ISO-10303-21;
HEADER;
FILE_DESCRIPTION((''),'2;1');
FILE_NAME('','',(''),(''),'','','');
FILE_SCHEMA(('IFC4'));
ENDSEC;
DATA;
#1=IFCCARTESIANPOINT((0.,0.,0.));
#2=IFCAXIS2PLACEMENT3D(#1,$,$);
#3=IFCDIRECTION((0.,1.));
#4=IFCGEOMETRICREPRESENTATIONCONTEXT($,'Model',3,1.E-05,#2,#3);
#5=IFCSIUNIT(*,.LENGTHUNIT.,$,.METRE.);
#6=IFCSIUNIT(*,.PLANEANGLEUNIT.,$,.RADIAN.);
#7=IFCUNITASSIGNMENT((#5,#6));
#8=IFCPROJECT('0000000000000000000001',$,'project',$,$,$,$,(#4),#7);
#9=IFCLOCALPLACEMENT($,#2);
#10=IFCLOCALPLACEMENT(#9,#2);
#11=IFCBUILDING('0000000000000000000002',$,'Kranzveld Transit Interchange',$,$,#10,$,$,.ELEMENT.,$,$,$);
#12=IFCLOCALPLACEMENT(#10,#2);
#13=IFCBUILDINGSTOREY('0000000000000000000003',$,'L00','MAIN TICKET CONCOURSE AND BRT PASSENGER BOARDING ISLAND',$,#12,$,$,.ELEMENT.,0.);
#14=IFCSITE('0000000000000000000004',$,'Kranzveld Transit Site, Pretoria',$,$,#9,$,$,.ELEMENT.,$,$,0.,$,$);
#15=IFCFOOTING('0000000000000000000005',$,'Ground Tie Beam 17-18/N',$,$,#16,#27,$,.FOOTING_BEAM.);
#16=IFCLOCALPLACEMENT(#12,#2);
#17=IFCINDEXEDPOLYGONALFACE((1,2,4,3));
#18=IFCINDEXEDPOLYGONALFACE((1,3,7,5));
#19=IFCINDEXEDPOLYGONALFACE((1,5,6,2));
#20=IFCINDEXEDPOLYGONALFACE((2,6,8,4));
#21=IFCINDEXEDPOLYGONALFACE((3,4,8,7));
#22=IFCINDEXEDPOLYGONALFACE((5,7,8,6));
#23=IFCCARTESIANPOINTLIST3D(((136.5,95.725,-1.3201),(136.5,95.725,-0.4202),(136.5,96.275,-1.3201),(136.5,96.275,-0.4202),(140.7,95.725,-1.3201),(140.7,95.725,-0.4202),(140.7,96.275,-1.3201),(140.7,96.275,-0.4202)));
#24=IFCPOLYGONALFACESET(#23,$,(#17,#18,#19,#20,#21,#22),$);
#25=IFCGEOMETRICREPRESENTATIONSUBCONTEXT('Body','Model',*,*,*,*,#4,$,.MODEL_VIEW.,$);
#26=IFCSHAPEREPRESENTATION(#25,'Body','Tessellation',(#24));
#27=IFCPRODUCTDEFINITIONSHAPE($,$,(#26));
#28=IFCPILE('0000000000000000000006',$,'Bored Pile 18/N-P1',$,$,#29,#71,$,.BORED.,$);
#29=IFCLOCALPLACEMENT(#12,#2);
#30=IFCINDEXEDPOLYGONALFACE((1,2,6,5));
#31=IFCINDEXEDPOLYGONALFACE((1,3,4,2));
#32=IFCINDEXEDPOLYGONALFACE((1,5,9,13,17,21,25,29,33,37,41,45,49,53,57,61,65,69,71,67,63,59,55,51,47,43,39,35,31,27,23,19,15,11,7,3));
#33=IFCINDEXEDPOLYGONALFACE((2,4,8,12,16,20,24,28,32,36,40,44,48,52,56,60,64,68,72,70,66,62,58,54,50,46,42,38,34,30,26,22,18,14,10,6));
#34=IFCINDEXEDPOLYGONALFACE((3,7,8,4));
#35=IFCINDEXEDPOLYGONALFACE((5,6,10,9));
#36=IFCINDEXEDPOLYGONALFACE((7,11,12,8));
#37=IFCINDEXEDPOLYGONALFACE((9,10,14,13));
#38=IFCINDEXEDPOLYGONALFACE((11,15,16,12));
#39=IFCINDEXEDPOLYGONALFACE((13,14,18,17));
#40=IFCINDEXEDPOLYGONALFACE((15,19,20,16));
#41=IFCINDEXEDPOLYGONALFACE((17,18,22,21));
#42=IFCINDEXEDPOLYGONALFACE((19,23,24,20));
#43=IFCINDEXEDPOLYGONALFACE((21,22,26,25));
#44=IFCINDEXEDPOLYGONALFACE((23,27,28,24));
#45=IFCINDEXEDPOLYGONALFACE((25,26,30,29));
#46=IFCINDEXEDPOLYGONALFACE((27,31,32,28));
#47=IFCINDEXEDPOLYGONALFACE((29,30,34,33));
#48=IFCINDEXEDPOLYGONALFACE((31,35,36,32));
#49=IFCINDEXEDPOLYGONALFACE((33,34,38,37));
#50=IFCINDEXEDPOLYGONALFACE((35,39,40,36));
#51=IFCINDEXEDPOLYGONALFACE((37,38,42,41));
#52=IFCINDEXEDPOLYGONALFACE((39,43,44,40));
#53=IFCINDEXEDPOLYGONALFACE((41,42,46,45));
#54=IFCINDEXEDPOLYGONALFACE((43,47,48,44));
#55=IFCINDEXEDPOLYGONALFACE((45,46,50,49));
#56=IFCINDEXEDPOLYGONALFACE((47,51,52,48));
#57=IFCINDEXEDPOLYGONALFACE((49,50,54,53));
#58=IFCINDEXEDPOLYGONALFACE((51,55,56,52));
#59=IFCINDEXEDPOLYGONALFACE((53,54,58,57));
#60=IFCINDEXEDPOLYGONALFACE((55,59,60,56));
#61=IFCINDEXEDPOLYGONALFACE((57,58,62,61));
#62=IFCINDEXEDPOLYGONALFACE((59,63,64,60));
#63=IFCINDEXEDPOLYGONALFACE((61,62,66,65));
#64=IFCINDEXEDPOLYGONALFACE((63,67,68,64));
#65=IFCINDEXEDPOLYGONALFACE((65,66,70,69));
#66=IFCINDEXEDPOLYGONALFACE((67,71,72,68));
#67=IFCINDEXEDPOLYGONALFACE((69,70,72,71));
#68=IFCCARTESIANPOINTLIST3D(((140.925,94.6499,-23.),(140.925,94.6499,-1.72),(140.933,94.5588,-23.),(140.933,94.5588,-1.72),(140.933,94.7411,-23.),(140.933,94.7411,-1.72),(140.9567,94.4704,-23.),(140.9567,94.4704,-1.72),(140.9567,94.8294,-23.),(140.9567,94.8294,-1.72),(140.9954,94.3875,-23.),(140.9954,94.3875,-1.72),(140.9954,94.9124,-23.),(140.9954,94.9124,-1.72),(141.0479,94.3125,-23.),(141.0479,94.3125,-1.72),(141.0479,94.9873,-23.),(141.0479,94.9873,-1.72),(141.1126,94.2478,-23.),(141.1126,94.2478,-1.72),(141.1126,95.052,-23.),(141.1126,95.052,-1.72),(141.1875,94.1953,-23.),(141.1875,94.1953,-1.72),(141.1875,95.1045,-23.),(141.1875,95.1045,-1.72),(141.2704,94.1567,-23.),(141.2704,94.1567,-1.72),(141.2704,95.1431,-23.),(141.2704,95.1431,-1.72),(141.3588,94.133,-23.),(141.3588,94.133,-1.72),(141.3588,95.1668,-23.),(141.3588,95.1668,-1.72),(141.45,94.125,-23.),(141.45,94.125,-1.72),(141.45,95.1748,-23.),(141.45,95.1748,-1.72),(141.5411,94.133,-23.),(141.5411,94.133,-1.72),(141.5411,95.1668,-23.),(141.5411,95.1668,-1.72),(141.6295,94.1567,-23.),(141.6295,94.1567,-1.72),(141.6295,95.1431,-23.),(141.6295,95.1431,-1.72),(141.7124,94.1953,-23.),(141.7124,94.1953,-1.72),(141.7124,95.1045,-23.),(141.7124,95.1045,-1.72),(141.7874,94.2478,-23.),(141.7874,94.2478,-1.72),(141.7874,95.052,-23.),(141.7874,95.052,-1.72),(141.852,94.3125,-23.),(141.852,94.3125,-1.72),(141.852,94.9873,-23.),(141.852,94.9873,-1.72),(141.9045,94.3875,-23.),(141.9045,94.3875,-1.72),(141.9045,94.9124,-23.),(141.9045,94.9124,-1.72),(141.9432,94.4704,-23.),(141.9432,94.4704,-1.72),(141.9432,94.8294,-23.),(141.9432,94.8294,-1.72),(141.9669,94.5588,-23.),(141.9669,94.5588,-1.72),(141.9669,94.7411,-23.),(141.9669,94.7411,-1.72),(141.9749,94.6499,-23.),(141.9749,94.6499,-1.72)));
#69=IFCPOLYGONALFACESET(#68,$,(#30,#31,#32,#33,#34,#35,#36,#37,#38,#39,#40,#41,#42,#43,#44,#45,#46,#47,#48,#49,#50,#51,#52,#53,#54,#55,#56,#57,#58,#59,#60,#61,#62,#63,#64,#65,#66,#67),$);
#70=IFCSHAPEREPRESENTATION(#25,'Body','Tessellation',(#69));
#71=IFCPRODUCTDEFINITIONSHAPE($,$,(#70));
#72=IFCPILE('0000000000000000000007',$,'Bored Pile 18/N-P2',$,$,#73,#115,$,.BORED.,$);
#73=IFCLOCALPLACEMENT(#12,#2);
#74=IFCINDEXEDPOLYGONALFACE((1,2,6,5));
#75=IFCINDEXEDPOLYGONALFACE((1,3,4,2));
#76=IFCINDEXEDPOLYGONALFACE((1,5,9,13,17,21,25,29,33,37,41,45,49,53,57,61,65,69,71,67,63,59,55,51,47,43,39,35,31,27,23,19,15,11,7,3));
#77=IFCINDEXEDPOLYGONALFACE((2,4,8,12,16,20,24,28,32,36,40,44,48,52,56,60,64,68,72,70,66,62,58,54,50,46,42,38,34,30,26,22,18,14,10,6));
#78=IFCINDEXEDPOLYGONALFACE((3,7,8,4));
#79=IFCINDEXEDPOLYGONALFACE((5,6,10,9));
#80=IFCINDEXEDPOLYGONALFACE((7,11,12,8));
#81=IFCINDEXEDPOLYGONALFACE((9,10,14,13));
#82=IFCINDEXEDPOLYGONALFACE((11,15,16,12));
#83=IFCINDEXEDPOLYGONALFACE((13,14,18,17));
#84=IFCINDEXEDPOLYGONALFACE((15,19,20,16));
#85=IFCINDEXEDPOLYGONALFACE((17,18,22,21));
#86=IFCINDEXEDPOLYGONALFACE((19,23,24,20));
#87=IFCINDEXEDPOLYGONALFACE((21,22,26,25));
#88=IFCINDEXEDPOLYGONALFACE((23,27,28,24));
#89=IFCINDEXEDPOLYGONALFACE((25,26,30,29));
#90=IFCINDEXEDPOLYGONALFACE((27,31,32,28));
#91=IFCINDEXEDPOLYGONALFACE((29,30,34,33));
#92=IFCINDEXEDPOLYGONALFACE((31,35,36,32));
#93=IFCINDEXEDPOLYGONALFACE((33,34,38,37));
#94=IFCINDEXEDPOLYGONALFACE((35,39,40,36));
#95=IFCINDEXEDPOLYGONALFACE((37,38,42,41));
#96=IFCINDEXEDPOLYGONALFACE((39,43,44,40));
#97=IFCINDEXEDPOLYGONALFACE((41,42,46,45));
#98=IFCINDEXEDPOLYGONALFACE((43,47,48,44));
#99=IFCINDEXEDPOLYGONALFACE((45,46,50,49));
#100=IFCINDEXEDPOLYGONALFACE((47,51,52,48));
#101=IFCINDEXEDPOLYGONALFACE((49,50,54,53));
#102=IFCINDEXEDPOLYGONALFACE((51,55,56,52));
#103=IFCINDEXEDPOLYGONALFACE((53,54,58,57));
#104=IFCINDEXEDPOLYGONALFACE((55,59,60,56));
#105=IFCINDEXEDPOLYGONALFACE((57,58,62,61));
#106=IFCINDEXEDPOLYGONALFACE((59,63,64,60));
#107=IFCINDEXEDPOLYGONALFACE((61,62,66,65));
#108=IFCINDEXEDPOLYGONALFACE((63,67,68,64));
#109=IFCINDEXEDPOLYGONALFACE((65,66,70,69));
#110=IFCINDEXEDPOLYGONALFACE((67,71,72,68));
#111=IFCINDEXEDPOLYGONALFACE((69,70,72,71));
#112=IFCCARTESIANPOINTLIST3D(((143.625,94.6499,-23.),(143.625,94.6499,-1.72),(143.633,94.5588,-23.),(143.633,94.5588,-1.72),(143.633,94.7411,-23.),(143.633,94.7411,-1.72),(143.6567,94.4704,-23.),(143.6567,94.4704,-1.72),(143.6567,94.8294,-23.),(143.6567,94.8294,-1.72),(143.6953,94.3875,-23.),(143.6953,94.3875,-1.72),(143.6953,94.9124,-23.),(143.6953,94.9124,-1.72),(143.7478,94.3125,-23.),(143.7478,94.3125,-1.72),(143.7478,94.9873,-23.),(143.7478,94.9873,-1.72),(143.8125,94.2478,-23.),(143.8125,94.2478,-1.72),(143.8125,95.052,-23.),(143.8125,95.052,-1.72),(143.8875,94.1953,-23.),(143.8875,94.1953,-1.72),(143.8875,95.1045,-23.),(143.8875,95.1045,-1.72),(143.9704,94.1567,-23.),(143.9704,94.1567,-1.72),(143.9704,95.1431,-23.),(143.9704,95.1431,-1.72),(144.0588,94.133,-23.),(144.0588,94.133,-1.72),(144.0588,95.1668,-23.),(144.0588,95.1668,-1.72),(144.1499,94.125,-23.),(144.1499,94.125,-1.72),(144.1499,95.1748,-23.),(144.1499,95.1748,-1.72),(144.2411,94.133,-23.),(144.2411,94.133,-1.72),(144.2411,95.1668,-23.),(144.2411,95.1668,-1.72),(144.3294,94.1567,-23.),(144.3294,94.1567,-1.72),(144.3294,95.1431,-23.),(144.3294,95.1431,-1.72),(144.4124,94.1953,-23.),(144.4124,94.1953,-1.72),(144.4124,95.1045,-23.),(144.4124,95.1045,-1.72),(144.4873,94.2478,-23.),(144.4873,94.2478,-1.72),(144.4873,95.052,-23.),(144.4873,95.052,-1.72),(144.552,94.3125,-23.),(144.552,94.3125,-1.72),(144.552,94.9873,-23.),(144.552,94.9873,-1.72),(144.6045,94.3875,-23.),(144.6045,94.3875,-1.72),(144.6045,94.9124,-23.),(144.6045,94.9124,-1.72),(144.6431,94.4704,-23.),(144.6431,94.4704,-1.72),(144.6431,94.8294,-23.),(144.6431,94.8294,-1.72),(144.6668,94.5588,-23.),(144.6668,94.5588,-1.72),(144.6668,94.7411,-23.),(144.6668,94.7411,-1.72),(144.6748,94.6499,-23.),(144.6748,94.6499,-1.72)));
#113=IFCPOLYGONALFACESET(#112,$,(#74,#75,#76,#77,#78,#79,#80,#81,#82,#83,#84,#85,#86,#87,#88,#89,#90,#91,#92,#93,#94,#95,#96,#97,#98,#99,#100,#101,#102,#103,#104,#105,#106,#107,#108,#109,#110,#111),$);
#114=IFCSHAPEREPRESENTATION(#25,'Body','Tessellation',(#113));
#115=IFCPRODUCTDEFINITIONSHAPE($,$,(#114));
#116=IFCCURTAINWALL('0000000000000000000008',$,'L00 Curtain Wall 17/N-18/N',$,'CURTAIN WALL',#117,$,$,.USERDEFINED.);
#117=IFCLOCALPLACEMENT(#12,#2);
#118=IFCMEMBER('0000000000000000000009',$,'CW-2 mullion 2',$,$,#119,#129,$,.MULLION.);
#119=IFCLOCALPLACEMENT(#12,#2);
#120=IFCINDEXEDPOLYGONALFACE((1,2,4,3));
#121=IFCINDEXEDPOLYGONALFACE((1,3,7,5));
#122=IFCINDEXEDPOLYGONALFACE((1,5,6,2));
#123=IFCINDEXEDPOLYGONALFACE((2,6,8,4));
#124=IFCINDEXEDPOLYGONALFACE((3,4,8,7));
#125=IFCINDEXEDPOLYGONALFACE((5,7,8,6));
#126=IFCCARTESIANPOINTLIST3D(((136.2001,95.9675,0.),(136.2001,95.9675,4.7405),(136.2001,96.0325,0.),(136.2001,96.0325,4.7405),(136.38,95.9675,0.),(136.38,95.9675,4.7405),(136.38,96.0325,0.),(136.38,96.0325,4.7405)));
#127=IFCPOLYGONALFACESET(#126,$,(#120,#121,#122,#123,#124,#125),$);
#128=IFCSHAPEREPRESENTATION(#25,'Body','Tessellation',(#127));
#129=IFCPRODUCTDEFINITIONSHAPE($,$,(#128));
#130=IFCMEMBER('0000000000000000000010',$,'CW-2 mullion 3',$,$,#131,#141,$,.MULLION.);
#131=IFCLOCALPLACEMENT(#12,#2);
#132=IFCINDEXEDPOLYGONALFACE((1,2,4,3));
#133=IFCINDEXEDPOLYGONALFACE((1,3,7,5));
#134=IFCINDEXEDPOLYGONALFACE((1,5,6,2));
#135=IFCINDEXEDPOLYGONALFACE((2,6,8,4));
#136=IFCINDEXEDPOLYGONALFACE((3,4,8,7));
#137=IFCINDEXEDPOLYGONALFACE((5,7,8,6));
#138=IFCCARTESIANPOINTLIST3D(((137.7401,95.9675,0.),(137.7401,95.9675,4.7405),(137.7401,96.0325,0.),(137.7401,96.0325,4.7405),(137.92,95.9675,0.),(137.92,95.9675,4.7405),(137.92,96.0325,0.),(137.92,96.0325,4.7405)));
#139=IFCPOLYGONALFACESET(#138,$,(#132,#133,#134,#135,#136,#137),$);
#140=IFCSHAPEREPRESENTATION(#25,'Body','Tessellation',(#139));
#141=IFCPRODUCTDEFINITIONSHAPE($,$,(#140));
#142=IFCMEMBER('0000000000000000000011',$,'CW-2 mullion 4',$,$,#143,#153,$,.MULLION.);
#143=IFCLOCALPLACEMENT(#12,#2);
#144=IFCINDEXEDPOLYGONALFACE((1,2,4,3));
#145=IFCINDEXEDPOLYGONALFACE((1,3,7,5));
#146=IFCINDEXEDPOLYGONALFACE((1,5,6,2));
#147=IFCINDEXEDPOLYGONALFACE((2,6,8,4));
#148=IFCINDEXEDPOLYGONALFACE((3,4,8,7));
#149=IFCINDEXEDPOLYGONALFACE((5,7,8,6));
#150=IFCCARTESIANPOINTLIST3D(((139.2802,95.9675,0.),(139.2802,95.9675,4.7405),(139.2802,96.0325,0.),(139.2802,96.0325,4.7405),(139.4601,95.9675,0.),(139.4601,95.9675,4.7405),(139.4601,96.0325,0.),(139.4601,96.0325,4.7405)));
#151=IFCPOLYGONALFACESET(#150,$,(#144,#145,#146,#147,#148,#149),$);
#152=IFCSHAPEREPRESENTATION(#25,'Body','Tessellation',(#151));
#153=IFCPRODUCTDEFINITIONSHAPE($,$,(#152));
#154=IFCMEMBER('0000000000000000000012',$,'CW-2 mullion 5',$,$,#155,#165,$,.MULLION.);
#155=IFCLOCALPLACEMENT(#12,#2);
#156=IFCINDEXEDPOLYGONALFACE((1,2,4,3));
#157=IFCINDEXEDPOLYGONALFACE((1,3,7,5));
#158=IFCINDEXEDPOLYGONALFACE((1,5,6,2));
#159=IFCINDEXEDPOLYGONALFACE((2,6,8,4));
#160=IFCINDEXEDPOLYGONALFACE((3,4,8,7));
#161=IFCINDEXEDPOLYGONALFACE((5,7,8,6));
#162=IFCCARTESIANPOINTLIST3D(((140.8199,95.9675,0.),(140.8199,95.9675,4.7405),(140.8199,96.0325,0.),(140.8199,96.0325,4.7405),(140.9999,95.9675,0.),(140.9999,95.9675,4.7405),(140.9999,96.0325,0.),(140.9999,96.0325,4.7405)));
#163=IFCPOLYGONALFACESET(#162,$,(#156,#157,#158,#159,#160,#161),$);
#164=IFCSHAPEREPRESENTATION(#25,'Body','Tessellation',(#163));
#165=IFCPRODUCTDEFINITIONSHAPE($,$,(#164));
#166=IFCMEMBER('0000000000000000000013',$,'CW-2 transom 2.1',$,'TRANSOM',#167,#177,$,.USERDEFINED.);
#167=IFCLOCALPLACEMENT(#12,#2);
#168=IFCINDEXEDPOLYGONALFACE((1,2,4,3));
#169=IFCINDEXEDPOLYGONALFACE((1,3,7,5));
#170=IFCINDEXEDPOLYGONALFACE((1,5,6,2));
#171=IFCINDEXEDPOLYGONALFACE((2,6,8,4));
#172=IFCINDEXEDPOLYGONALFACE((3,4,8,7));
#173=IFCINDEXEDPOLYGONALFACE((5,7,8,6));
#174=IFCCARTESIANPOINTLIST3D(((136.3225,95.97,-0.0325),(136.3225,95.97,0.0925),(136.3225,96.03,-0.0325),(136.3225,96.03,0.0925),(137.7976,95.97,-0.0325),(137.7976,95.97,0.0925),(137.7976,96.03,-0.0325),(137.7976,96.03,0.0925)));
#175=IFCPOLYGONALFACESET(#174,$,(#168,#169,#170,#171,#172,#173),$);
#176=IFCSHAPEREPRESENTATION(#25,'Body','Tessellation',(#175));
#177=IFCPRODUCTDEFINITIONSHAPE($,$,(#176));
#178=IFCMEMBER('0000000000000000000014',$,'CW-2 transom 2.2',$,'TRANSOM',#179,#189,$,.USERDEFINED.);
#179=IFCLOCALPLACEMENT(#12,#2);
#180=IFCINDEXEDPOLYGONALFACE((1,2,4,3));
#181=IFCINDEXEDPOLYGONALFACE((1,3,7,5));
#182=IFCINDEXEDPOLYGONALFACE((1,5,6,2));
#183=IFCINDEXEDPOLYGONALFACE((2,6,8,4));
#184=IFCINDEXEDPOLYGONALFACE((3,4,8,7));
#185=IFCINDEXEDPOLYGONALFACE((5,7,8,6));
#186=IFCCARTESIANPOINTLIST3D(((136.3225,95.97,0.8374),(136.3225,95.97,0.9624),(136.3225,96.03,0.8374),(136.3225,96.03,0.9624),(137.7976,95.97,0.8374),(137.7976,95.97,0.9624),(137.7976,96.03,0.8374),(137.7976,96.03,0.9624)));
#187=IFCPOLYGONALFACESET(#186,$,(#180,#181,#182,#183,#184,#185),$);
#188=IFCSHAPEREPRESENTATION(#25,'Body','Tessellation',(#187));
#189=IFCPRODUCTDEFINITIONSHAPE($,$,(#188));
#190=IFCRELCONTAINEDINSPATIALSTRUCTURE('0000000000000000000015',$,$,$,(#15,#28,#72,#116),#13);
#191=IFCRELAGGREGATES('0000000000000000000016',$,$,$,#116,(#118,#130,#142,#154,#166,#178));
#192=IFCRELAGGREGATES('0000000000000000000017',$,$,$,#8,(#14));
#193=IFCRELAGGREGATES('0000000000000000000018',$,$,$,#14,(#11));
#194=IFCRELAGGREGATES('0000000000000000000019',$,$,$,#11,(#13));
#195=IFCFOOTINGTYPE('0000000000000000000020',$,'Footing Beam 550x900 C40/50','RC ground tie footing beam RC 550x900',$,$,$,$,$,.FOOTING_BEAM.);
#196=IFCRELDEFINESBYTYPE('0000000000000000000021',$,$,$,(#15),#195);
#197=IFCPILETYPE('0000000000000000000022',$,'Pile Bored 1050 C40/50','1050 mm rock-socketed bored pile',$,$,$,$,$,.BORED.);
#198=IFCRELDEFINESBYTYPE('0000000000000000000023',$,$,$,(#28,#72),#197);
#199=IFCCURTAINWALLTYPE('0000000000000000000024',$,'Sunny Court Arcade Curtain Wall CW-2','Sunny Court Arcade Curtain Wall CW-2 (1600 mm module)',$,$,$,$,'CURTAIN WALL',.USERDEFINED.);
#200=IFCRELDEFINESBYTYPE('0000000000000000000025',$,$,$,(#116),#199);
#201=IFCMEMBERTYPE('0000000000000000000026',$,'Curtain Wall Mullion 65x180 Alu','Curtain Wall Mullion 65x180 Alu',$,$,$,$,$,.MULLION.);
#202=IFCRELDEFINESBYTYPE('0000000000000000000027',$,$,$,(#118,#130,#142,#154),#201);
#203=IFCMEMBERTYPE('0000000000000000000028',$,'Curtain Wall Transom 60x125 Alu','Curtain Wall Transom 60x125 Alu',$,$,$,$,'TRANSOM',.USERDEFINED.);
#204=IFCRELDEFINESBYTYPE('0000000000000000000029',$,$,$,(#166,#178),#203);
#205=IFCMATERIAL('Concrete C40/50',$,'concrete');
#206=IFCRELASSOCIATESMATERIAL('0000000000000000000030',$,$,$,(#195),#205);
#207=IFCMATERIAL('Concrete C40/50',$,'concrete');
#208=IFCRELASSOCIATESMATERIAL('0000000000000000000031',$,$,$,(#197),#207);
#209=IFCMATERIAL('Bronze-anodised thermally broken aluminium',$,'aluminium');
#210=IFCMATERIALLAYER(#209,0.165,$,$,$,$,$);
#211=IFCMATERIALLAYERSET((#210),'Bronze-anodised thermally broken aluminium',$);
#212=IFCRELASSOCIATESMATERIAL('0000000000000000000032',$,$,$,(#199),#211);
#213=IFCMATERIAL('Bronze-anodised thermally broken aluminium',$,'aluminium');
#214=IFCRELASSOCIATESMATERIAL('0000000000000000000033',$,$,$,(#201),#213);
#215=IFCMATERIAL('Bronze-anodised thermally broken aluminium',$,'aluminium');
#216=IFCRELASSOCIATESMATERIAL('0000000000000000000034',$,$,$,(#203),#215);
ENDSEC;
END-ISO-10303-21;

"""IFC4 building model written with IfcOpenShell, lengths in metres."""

from ifc_helpers import new_model, si_unit, direction, frame, origin, origin_2d, place, context, subcontext, project, spatial, rectangle, circle, extrude, material, layer, layer_set, material_profile, profile_set, type_object, element, aggregate, save


model = new_model("IFC4")

# Units and contexts
model_context = context("Model", 3, precision=1e-05, world=origin(), true_north=direction((0.0, 1.0)))
body_context = subcontext(model_context, "Body", "Model", "MODEL_VIEW")
ifc_project = project(units=[si_unit("LENGTHUNIT", "METRE"), si_unit("PLANEANGLEUNIT", "RADIAN")], contexts=[model_context])

# Site, building, storey
site_placement = place(None, origin())
site = spatial("IfcSite", under=ifc_project, at=site_placement, Name="Kranzveld Transit Site, Pretoria", CompositionType="ELEMENT", RefElevation=0.0)
building_placement = place(site_placement, origin())
building = spatial("IfcBuilding", under=site, at=building_placement, Name="Kranzveld Transit Interchange", CompositionType="ELEMENT")
storey_placement = place(building_placement, origin())
storey = spatial("IfcBuildingStorey", under=building, at=storey_placement, Name="L00", Description="MAIN TICKET CONCOURSE AND BRT PASSENGER BOARDING ISLAND", CompositionType="ELEMENT", Elevation=0.0)

# Footing
ifc_material_1 = material(Name="Concrete C40/50", Category="concrete")
ifc_material_profile_1 = material_profile(ifc_material_1, rectangle(XDim=0.55, YDim=0.8999, at=origin_2d()), Name="RC 550x900")
ifc_profile_set_1 = profile_set([ifc_material_profile_1], Name="Concrete C40/50")
footing_type = type_object("IfcFootingType", Name="Footing Beam 550x900 C40/50", Description="RC ground tie footing beam RC 550x900", PredefinedType="FOOTING_BEAM", material=ifc_profile_set_1)
footing_placement = place(storey_placement, frame((136.5, 96.0, -0.8701), z_axis=(1.0, 0.0, 0.0), x_axis=(0.0, 1.0, 0.0)))
element("IfcFooting", 1, at=footing_placement, inside=storey, type_object=footing_type, Name="Ground Tie Beam 17-18/N", PredefinedType="FOOTING_BEAM", context=body_context, shape_type="SweptSolid", body=[
    extrude(rectangle(XDim=0.55, YDim=0.8999, at=origin_2d()), origin(), (0.0, 0.0, 1.0), 4.2),
])

# Piles
ifc_material_2 = material(Name="Concrete C40/50", Category="concrete")
ifc_material_profile_2 = material_profile(ifc_material_2, circle(Radius=0.5249, at=origin_2d()), Name="BORED PILE 1050")
ifc_profile_set_2 = profile_set([ifc_material_profile_2], Name="Concrete C40/50")
pile_type = type_object("IfcPileType", Name="Pile Bored 1050 C40/50", Description="1050 mm rock-socketed bored pile", PredefinedType="BORED", material=ifc_profile_set_2)
for number, where, z_axis, x_axis, name in (
    (2, (141.45, 94.6499, -1.72), (0.0, 0.0, -1.0), (1.0, 0.0, 0.0), "Bored Pile 18/N-P1"),
    (3, (144.1499, 94.6499, -1.72), (0.0, 0.0, -1.0), (1.0, 0.0, 0.0), "Bored Pile 18/N-P2"),
):
    element("IfcPile", number, at=place(storey_placement, frame(where, z_axis=z_axis, x_axis=x_axis)), inside=storey, type_object=pile_type, Name=name, PredefinedType="BORED", context=body_context, shape_type="SweptSolid", body=[
        extrude(circle(Radius=0.5249, at=origin_2d()), origin(), (0.0, 0.0, 1.0), 21.28),
    ])

# Curtain wall, members
ifc_material_3 = material(Name="Bronze-anodised thermally broken aluminium", Category="aluminium")
ifc_layer_1 = layer(ifc_material_3, 0.165)
ifc_layer_set_1 = layer_set([ifc_layer_1], Name="Bronze-anodised thermally broken aluminium")
curtain_wall_type = type_object("IfcCurtainWallType", Name="Sunny Court Arcade Curtain Wall CW-2", Description="Sunny Court Arcade Curtain Wall CW-2 (1600 mm module)", ElementType="CURTAIN WALL", PredefinedType="USERDEFINED", material=ifc_layer_set_1)
curtain_wall_placement = place(storey_placement, origin())
curtain_wall = element("IfcCurtainWall", 4, at=curtain_wall_placement, inside=storey, type_object=curtain_wall_type, Name="L00 Curtain Wall 17/N-18/N", ObjectType="CURTAIN WALL", PredefinedType="USERDEFINED")
ifc_material_4 = material(Name="Bronze-anodised thermally broken aluminium", Category="aluminium")
ifc_material_profile_3 = material_profile(ifc_material_4, rectangle(XDim=0.0649, YDim=0.1799, at=origin_2d()), Name="ALU MULLION 65x180")
ifc_profile_set_3 = profile_set([ifc_material_profile_3], Name="Bronze-anodised thermally broken aluminium")
member_type_1 = type_object("IfcMemberType", Name="Curtain Wall Mullion 65x180 Alu", Description="Curtain Wall Mullion 65x180 Alu", PredefinedType="MULLION", material=ifc_profile_set_3)
member_1_placement = place(storey_placement, frame((136.29, 96.0, 0.0), z_axis=(0.0, 0.0, 1.0), x_axis=(0.0, 1.0, 0.0)))
member_1 = element("IfcMember", 5, at=member_1_placement, type_object=member_type_1, Name="CW-2 mullion 2", PredefinedType="MULLION", context=body_context, shape_type="SweptSolid", body=[
    extrude(rectangle(XDim=0.0649, YDim=0.1799, at=origin_2d()), origin(), (0.0, 0.0, 1.0), 4.7405),
])
member_2_placement = place(storey_placement, frame((137.8301, 96.0, 0.0), z_axis=(0.0, 0.0, 1.0), x_axis=(0.0, 1.0, 0.0)))
member_2 = element("IfcMember", 6, at=member_2_placement, type_object=member_type_1, Name="CW-2 mullion 3", PredefinedType="MULLION", context=body_context, shape_type="SweptSolid", body=[
    extrude(rectangle(XDim=0.0649, YDim=0.1799, at=origin_2d()), origin(), (0.0, 0.0, 1.0), 4.7405),
])
member_3_placement = place(storey_placement, frame((139.3701, 96.0, 0.0), z_axis=(0.0, 0.0, 1.0), x_axis=(0.0, 1.0, 0.0)))
member_3 = element("IfcMember", 7, at=member_3_placement, type_object=member_type_1, Name="CW-2 mullion 4", PredefinedType="MULLION", context=body_context, shape_type="SweptSolid", body=[
    extrude(rectangle(XDim=0.0649, YDim=0.1799, at=origin_2d()), origin(), (0.0, 0.0, 1.0), 4.7405),
])
member_4_placement = place(storey_placement, frame((140.9099, 96.0, 0.0), z_axis=(0.0, 0.0, 1.0), x_axis=(0.0, 1.0, 0.0)))
member_4 = element("IfcMember", 8, at=member_4_placement, type_object=member_type_1, Name="CW-2 mullion 5", PredefinedType="MULLION", context=body_context, shape_type="SweptSolid", body=[
    extrude(rectangle(XDim=0.0649, YDim=0.1799, at=origin_2d()), origin(), (0.0, 0.0, 1.0), 4.7405),
])
ifc_material_5 = material(Name="Bronze-anodised thermally broken aluminium", Category="aluminium")
ifc_material_profile_4 = material_profile(ifc_material_5, rectangle(XDim=0.0601, YDim=0.125, at=origin_2d()), Name="ALU TRANSOM 60x125")
ifc_profile_set_4 = profile_set([ifc_material_profile_4], Name="Bronze-anodised thermally broken aluminium")
member_type_2 = type_object("IfcMemberType", Name="Curtain Wall Transom 60x125 Alu", Description="Curtain Wall Transom 60x125 Alu", ElementType="TRANSOM", PredefinedType="USERDEFINED", material=ifc_profile_set_4)
member_5_placement = place(storey_placement, frame((136.3225, 96.0, 0.03), z_axis=(1.0, 0.0, 0.0), x_axis=(0.0, 1.0, 0.0)))
member_5 = element("IfcMember", 9, at=member_5_placement, type_object=member_type_2, Name="CW-2 transom 2.1", ObjectType="TRANSOM", PredefinedType="USERDEFINED", context=body_context, shape_type="SweptSolid", body=[
    extrude(rectangle(XDim=0.0601, YDim=0.125, at=origin_2d()), origin(), (0.0, 0.0, 1.0), 1.4751),
])
member_6_placement = place(storey_placement, frame((136.3225, 96.0, 0.8999), z_axis=(1.0, 0.0, 0.0), x_axis=(0.0, 1.0, 0.0)))
member_6 = element("IfcMember", 10, at=member_6_placement, type_object=member_type_2, Name="CW-2 transom 2.2", ObjectType="TRANSOM", PredefinedType="USERDEFINED", context=body_context, shape_type="SweptSolid", body=[
    extrude(rectangle(XDim=0.0601, YDim=0.125, at=origin_2d()), origin(), (0.0, 0.0, 1.0), 1.4751),
])
aggregate(curtain_wall, [member_1, member_2, member_3, member_4, member_5, member_6])

save(model, "model.ifc")
